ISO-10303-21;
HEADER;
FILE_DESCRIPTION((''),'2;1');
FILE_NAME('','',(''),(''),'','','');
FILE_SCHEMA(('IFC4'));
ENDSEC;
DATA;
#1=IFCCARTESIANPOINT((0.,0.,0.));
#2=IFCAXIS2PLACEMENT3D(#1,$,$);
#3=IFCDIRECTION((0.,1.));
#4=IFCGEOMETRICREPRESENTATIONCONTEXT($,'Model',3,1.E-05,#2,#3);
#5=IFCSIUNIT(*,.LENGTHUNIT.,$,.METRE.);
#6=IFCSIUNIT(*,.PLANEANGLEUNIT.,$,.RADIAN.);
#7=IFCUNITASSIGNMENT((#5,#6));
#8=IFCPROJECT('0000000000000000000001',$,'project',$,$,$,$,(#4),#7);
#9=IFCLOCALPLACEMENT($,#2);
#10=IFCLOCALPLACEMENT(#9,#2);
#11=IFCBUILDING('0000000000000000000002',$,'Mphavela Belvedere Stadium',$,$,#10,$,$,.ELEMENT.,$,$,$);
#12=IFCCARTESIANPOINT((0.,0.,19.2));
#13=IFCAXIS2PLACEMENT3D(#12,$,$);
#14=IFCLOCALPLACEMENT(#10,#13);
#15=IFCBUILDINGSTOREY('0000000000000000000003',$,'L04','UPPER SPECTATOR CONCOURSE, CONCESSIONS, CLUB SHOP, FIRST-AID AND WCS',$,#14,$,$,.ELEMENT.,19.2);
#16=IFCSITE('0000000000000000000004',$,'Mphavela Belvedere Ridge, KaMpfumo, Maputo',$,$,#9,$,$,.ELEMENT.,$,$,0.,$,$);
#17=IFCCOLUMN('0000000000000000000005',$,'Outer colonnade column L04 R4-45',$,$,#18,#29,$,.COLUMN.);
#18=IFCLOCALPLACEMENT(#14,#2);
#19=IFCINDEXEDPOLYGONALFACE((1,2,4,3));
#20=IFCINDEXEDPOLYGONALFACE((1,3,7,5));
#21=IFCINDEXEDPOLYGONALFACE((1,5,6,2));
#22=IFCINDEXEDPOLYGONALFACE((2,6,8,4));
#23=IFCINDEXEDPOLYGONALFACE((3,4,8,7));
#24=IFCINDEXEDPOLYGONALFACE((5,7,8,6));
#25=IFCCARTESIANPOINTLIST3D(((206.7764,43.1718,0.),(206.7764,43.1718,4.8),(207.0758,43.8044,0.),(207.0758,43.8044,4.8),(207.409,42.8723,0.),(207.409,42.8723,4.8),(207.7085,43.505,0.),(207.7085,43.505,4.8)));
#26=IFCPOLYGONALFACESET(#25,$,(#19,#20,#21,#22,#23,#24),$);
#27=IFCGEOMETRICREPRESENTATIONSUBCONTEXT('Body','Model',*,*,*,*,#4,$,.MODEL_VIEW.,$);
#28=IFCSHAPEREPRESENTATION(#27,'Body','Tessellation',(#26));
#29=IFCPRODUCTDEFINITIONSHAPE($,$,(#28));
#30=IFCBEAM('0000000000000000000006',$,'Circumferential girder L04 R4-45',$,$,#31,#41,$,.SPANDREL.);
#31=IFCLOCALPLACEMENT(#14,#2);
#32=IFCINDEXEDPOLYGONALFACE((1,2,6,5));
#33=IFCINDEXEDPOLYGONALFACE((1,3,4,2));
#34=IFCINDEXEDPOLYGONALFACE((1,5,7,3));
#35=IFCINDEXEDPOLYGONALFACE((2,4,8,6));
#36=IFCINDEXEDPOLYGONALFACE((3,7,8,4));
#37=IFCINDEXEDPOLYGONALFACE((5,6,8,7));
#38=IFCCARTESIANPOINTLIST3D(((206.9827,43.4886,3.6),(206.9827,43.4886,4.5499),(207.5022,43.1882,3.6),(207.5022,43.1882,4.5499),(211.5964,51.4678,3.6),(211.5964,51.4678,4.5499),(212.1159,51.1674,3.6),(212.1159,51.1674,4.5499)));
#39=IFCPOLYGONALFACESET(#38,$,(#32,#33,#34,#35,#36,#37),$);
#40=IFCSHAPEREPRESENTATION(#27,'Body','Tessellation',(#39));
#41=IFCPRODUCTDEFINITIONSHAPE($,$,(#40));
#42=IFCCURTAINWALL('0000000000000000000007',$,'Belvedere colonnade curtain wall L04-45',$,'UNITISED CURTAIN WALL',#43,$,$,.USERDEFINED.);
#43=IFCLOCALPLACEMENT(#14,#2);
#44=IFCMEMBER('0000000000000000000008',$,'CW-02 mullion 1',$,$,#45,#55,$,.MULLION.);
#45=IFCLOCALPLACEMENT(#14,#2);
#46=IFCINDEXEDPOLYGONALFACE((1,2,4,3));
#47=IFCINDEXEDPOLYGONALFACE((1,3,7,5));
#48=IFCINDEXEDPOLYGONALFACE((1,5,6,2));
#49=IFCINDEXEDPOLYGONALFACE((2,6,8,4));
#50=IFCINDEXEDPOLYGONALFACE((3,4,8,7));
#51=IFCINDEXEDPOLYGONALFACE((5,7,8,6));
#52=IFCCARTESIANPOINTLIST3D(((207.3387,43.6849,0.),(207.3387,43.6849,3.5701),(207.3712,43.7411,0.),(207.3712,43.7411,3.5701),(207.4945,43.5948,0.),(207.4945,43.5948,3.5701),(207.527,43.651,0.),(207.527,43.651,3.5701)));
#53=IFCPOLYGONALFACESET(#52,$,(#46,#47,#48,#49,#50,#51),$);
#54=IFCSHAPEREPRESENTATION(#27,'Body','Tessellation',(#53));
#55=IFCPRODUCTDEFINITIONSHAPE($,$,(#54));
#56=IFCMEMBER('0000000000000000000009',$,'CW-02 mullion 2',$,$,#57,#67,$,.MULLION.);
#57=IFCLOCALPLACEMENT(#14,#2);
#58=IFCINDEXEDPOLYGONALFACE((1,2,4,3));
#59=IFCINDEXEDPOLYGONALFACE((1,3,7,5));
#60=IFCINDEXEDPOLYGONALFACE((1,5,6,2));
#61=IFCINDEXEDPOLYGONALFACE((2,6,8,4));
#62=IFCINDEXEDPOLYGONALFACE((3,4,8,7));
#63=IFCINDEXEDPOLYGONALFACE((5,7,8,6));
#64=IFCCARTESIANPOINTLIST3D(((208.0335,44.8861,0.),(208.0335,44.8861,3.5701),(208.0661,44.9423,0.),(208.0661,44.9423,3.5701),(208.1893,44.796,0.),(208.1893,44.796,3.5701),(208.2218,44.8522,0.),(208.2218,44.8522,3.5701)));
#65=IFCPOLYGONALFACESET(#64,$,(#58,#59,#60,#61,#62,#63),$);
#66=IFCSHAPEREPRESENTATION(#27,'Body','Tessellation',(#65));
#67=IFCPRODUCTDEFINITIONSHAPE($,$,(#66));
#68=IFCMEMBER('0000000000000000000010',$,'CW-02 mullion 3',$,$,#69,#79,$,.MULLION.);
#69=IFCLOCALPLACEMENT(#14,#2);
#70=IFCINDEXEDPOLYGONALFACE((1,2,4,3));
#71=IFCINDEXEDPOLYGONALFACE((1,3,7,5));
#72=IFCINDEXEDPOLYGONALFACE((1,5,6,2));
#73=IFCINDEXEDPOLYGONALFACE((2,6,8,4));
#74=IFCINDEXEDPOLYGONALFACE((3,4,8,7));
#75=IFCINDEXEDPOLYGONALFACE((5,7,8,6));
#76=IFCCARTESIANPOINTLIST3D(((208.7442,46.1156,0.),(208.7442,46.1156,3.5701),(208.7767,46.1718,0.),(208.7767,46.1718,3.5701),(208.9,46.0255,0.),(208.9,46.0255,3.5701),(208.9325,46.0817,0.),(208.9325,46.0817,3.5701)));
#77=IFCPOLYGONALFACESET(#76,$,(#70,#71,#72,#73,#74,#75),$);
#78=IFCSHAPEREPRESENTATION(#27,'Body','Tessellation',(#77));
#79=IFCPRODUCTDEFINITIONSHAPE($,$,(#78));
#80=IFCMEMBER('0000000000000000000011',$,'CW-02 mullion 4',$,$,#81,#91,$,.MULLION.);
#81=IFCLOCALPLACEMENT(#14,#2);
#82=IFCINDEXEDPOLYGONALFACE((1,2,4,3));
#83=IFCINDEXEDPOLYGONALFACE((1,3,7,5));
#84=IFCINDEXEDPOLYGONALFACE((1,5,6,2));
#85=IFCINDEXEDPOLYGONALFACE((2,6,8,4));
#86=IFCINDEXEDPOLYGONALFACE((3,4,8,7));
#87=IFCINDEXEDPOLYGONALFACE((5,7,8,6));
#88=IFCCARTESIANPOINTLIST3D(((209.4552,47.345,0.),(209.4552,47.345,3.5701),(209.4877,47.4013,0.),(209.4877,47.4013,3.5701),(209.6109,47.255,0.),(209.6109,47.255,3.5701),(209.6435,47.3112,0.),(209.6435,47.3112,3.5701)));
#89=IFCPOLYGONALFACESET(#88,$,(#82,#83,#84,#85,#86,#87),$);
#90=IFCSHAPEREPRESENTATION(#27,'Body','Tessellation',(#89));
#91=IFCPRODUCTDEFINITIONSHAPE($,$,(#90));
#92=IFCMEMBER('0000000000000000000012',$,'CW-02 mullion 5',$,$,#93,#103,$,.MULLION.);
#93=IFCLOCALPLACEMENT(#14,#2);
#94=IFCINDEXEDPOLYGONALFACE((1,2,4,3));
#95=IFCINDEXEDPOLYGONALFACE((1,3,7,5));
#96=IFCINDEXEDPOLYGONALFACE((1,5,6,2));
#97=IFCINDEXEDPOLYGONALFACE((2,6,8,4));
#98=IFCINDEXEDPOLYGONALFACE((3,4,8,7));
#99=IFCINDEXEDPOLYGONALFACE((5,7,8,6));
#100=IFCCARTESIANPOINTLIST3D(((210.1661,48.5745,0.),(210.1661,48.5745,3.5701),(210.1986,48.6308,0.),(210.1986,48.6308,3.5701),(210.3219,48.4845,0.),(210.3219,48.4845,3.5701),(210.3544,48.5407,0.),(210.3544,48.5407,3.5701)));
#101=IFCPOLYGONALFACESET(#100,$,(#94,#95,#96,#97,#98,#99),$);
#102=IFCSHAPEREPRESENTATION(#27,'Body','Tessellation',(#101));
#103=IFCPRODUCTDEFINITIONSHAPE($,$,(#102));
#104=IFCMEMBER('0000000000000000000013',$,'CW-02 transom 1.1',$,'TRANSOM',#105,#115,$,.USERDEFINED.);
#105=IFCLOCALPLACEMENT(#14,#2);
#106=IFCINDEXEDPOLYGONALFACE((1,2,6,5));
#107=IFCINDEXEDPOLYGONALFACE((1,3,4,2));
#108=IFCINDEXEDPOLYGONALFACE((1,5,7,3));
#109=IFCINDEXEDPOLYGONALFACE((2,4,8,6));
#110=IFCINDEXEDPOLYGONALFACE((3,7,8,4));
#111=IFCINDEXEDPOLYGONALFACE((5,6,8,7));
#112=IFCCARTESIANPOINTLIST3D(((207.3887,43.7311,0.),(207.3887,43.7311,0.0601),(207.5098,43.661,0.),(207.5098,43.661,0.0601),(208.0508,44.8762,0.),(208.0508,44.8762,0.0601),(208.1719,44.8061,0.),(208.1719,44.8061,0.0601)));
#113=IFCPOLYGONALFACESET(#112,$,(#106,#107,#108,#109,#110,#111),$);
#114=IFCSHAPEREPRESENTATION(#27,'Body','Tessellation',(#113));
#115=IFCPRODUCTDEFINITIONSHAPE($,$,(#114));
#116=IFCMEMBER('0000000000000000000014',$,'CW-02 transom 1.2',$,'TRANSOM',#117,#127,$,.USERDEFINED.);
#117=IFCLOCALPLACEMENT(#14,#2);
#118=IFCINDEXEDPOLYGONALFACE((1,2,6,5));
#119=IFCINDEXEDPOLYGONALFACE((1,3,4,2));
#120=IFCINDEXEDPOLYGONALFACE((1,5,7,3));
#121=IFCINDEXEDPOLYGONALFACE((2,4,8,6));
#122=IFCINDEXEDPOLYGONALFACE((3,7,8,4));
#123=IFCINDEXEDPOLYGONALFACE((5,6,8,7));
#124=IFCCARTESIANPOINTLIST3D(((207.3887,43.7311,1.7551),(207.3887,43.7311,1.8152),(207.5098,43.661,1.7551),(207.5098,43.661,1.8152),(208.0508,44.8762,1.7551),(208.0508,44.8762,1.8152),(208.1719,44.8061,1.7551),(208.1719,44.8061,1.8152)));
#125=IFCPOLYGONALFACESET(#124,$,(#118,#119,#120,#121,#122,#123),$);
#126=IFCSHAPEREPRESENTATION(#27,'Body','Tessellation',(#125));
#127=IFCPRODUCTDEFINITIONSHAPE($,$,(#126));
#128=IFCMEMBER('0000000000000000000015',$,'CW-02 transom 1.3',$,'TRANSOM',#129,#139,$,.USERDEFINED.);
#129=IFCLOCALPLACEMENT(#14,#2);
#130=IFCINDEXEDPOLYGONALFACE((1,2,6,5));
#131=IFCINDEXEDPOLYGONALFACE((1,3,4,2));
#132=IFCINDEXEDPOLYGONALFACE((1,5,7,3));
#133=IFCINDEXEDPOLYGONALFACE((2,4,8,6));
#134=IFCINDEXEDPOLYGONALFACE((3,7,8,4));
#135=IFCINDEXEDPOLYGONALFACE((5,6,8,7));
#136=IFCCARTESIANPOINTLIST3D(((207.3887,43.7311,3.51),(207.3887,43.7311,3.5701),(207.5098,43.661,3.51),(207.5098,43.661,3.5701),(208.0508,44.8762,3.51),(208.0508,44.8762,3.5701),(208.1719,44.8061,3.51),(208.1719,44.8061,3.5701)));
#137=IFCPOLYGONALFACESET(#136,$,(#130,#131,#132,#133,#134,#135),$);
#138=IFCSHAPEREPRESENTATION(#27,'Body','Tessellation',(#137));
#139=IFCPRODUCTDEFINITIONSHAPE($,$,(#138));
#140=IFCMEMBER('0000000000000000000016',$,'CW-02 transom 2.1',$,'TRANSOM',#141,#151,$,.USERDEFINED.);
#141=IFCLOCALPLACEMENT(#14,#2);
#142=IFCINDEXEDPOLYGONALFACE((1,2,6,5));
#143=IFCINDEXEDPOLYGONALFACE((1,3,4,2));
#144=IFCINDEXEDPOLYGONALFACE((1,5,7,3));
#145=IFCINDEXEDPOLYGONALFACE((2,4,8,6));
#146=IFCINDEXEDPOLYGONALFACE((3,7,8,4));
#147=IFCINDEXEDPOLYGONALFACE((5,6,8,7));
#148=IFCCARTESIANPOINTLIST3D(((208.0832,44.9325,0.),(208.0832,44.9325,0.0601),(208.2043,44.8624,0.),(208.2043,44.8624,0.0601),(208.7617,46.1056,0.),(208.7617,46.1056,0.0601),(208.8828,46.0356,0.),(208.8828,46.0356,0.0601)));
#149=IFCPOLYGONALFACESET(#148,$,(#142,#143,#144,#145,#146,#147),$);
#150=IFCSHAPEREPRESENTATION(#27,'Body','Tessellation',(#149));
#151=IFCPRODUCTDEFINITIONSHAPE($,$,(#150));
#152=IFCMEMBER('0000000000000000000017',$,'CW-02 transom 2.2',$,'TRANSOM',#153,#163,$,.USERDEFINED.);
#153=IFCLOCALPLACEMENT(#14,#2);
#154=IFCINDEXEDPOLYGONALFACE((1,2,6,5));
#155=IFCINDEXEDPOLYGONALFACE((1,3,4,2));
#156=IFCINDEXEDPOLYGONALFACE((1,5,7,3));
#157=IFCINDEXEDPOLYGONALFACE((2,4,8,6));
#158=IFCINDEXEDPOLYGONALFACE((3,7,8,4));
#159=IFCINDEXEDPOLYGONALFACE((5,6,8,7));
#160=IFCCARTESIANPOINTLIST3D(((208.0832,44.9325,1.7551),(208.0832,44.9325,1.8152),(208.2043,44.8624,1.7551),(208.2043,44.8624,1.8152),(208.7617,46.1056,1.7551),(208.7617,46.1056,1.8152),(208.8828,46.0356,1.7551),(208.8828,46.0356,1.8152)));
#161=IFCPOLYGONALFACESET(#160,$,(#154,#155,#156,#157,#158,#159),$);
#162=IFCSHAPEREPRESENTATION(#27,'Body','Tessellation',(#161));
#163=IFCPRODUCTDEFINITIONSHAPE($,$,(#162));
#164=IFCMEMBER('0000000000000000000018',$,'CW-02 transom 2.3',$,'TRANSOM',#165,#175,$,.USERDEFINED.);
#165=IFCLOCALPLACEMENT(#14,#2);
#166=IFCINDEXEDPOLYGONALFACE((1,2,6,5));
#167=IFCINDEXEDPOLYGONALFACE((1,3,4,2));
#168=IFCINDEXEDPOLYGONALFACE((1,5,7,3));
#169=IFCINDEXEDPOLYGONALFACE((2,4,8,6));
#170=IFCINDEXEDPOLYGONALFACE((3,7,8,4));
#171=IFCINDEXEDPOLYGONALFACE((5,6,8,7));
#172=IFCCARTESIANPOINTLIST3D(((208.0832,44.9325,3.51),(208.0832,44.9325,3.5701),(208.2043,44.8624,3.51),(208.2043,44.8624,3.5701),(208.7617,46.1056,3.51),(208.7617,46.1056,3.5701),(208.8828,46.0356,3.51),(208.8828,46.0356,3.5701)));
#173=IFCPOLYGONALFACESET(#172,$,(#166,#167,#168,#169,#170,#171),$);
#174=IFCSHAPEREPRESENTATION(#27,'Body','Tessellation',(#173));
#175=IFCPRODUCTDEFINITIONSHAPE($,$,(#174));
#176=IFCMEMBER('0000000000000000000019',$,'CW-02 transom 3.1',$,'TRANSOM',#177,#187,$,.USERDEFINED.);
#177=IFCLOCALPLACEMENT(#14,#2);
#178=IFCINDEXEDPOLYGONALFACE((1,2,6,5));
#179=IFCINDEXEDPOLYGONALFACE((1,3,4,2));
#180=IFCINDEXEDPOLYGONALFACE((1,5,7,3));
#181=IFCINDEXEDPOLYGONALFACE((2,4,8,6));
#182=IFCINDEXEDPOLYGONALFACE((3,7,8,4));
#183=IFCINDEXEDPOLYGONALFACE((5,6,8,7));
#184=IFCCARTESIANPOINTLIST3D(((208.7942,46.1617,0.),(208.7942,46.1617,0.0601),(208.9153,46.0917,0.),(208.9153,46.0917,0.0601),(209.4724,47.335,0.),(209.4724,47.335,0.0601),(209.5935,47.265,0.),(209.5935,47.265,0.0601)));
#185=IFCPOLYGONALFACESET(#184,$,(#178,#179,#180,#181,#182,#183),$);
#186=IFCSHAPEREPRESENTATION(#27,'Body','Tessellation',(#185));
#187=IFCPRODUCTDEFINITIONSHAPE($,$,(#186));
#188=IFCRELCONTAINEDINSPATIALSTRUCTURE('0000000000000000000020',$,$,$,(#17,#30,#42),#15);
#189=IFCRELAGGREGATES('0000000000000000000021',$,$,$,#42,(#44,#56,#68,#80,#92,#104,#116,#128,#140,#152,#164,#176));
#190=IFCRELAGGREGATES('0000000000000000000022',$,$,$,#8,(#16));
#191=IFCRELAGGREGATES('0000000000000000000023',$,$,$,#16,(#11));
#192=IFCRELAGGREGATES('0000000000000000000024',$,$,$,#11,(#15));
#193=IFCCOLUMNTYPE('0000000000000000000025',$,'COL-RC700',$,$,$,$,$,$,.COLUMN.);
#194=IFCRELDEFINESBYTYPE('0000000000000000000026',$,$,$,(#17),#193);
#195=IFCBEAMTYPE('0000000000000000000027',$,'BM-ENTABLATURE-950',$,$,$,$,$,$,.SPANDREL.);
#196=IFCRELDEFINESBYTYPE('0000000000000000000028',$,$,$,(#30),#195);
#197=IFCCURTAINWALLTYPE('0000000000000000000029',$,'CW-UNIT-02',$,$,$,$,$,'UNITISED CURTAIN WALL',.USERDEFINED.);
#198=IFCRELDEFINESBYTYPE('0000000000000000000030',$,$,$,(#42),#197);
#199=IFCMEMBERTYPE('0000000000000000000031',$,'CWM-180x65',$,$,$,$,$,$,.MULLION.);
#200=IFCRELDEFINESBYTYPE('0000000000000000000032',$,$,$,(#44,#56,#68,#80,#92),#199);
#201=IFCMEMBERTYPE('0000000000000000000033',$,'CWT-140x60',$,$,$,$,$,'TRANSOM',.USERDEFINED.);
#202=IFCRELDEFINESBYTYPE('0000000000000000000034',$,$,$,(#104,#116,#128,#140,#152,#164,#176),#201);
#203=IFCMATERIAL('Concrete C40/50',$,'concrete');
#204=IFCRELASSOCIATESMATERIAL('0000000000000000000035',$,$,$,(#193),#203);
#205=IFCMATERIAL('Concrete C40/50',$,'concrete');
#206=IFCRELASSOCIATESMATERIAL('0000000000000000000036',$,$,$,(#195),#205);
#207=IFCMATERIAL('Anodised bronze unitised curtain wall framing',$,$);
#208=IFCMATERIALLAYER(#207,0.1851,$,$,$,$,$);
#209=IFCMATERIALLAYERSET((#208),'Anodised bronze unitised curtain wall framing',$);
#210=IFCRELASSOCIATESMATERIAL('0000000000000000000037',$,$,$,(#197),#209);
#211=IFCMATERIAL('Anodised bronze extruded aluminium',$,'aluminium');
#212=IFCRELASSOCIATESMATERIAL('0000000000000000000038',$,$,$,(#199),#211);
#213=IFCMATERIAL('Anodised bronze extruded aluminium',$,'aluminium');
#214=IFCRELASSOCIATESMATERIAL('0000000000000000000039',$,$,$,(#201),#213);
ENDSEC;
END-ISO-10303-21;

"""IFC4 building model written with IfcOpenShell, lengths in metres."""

from ifc_helpers import new_model, si_unit, direction, frame, origin, origin_2d, place, context, subcontext, project, spatial, rectangle, extrude, material, layer, layer_set, material_profile, profile_set, type_object, element, aggregate, save


model = new_model("IFC4")

# Units and contexts
model_context = context("Model", 3, precision=1e-05, world=origin(), true_north=direction((0.0, 1.0)))
body_context = subcontext(model_context, "Body", "Model", "MODEL_VIEW")
ifc_project = project(units=[si_unit("LENGTHUNIT", "METRE"), si_unit("PLANEANGLEUNIT", "RADIAN")], contexts=[model_context])

# Site, building, storey
site_placement = place(None, origin())
site = spatial("IfcSite", under=ifc_project, at=site_placement, Name="Mphavela Belvedere Ridge, KaMpfumo, Maputo", CompositionType="ELEMENT", RefElevation=0.0)
building_placement = place(site_placement, origin())
building = spatial("IfcBuilding", under=site, at=building_placement, Name="Mphavela Belvedere Stadium", CompositionType="ELEMENT")
storey_placement = place(building_placement, frame((0.0, 0.0, 19.2)))
storey = spatial("IfcBuildingStorey", under=building, at=storey_placement, Name="L04", Description="UPPER SPECTATOR CONCOURSE, CONCESSIONS, CLUB SHOP, FIRST-AID AND WCS", CompositionType="ELEMENT", Elevation=19.2)

# Column
ifc_material_1 = material(Name="Concrete C40/50", Category="concrete")
ifc_material_profile_1 = material_profile(ifc_material_1, rectangle(XDim=0.7, YDim=0.7, at=origin_2d()), Name="RC 700x700")
ifc_profile_set_1 = profile_set([ifc_material_profile_1], Name="Concrete C40/50")
column_type = type_object("IfcColumnType", Name="COL-RC700", PredefinedType="COLUMN", material=ifc_profile_set_1)
column_placement = place(storey_placement, frame((207.2424, 43.3384, 0.0), z_axis=(0.0, 0.0, 1.0), x_axis=(0.903859, -0.427831, 0.0)))
element("IfcColumn", 1, at=column_placement, inside=storey, type_object=column_type, Name="Outer colonnade column L04 R4-45", PredefinedType="COLUMN", context=body_context, shape_type="SweptSolid", body=[
    extrude(rectangle(XDim=0.7, YDim=0.7, at=origin_2d()), origin(), (0.0, 0.0, 1.0), 4.8),
])

# Beam
ifc_material_2 = material(Name="Concrete C40/50", Category="concrete")
ifc_material_profile_2 = material_profile(ifc_material_2, rectangle(XDim=0.6001, YDim=0.95, at=origin_2d()), Name="RC 600x950")
ifc_profile_set_2 = profile_set([ifc_material_profile_2], Name="Concrete C40/50")
beam_type = type_object("IfcBeamType", Name="BM-ENTABLATURE-950", PredefinedType="SPANDREL", material=ifc_profile_set_2)
beam_placement = place(storey_placement, frame((207.2424, 43.3384, 4.075), z_axis=(0.500565, 0.865699, 0.0), x_axis=(-0.865699, 0.500565, 0.0)))
element("IfcBeam", 2, at=beam_placement, inside=storey, type_object=beam_type, Name="Circumferential girder L04 R4-45", PredefinedType="SPANDREL", context=body_context, shape_type="SweptSolid", body=[
    extrude(rectangle(XDim=0.6001, YDim=0.95, at=origin_2d()), origin(), (0.0, 0.0, 1.0), 9.217),
])

# Curtain wall, members
ifc_material_3 = material(Name="Anodised bronze unitised curtain wall framing")
ifc_layer_1 = layer(ifc_material_3, 0.1851)
ifc_layer_set_1 = layer_set([ifc_layer_1], Name="Anodised bronze unitised curtain wall framing")
curtain_wall_type = type_object("IfcCurtainWallType", Name="CW-UNIT-02", ElementType="UNITISED CURTAIN WALL", PredefinedType="USERDEFINED", material=ifc_layer_set_1)
curtain_wall_placement = place(storey_placement, origin())
curtain_wall = element("IfcCurtainWall", 3, at=curtain_wall_placement, inside=storey, type_object=curtain_wall_type, Name="Belvedere colonnade curtain wall L04-45", ObjectType="UNITISED CURTAIN WALL", PredefinedType="USERDEFINED")
ifc_material_4 = material(Name="Anodised bronze extruded aluminium", Category="aluminium")
ifc_material_profile_3 = material_profile(ifc_material_4, rectangle(XDim=0.1799, YDim=0.0649, at=origin_2d()), Name="CW-MUL 180x65")
ifc_profile_set_3 = profile_set([ifc_material_profile_3], Name="Anodised bronze extruded aluminium")
member_type_1 = type_object("IfcMemberType", Name="CWM-180x65", PredefinedType="MULLION", material=ifc_profile_set_3)
member_1_placement = place(storey_placement, frame((207.4329, 43.668, 0.0), z_axis=(0.0, 0.0, 1.0), x_axis=(-0.865704, 0.500556, 0.0)))
member_1 = element("IfcMember", 4, at=member_1_placement, type_object=member_type_1, Name="CW-02 mullion 1", PredefinedType="MULLION", context=body_context, shape_type="SweptSolid", body=[
    extrude(rectangle(XDim=0.1799, YDim=0.0649, at=origin_2d()), origin(), (0.0, 0.0, 1.0), 3.5701),
])
member_2_placement = place(storey_placement, frame((208.1277, 44.8691, 0.0), z_axis=(0.0, 0.0, 1.0), x_axis=(-0.865704, 0.500556, 0.0)))
member_2 = element("IfcMember", 5, at=member_2_placement, type_object=member_type_1, Name="CW-02 mullion 2", PredefinedType="MULLION", context=body_context, shape_type="SweptSolid", body=[
    extrude(rectangle(XDim=0.1799, YDim=0.0649, at=origin_2d()), origin(), (0.0, 0.0, 1.0), 3.5701),
])
member_3_placement = place(storey_placement, frame((208.8384, 46.0986, 0.0), z_axis=(0.0, 0.0, 1.0), x_axis=(-0.865704, 0.500556, 0.0)))
member_3 = element("IfcMember", 6, at=member_3_placement, type_object=member_type_1, Name="CW-02 mullion 3", PredefinedType="MULLION", context=body_context, shape_type="SweptSolid", body=[
    extrude(rectangle(XDim=0.1799, YDim=0.0649, at=origin_2d()), origin(), (0.0, 0.0, 1.0), 3.5701),
])
member_4_placement = place(storey_placement, frame((209.5493, 47.3281, 0.0), z_axis=(0.0, 0.0, 1.0), x_axis=(-0.865704, 0.500556, 0.0)))
member_4 = element("IfcMember", 7, at=member_4_placement, type_object=member_type_1, Name="CW-02 mullion 4", PredefinedType="MULLION", context=body_context, shape_type="SweptSolid", body=[
    extrude(rectangle(XDim=0.1799, YDim=0.0649, at=origin_2d()), origin(), (0.0, 0.0, 1.0), 3.5701),
])
member_5_placement = place(storey_placement, frame((210.2603, 48.5576, 0.0), z_axis=(0.0, 0.0, 1.0), x_axis=(-0.865704, 0.500556, 0.0)))
member_5 = element("IfcMember", 8, at=member_5_placement, type_object=member_type_1, Name="CW-02 mullion 5", PredefinedType="MULLION", context=body_context, shape_type="SweptSolid", body=[
    extrude(rectangle(XDim=0.1799, YDim=0.0649, at=origin_2d()), origin(), (0.0, 0.0, 1.0), 3.5701),
])
ifc_material_5 = material(Name="Anodised bronze extruded aluminium", Category="aluminium")
ifc_material_profile_4 = material_profile(ifc_material_5, rectangle(XDim=0.1399, YDim=0.0601, at=origin_2d()), Name="CW-TRN 140x60")
ifc_profile_set_4 = profile_set([ifc_material_profile_4], Name="Anodised bronze extruded aluminium")
member_type_2 = type_object("IfcMemberType", Name="CWT-140x60", ElementType="TRANSOM", PredefinedType="USERDEFINED", material=ifc_profile_set_4)
member_6_placement = place(storey_placement, frame((207.4492, 43.696, 0.03), z_axis=(0.500585, 0.865687, 0.0), x_axis=(-0.865687, 0.500585, 0.0)))
member_6 = element("IfcMember", 9, at=member_6_placement, type_object=member_type_2, Name="CW-02 transom 1.1", ObjectType="TRANSOM", PredefinedType="USERDEFINED", context=body_context, shape_type="SweptSolid", body=[
    extrude(rectangle(XDim=0.1399, YDim=0.0601, at=origin_2d()), origin(), (0.0, 0.0, 1.0), 1.3228),
])
member_7_placement = place(storey_placement, frame((207.4492, 43.696, 1.7852), z_axis=(0.500585, 0.865687, 0.0), x_axis=(-0.865687, 0.500585, 0.0)))
member_7 = element("IfcMember", 10, at=member_7_placement, type_object=member_type_2, Name="CW-02 transom 1.2", ObjectType="TRANSOM", PredefinedType="USERDEFINED", context=body_context, shape_type="SweptSolid", body=[
    extrude(rectangle(XDim=0.1399, YDim=0.0601, at=origin_2d()), origin(), (0.0, 0.0, 1.0), 1.3228),
])
member_8_placement = place(storey_placement, frame((207.4492, 43.696, 3.54), z_axis=(0.500585, 0.865687, 0.0), x_axis=(-0.865687, 0.500585, 0.0)))
member_8 = element("IfcMember", 11, at=member_8_placement, type_object=member_type_2, Name="CW-02 transom 1.3", ObjectType="TRANSOM", PredefinedType="USERDEFINED", context=body_context, shape_type="SweptSolid", body=[
    extrude(rectangle(XDim=0.1399, YDim=0.0601, at=origin_2d()), origin(), (0.0, 0.0, 1.0), 1.3228),
])
member_9_placement = place(storey_placement, frame((208.1438, 44.8975, 0.03), z_axis=(0.500653, 0.865648, 0.0), x_axis=(-0.865648, 0.500653, 0.0)))
member_9 = element("IfcMember", 12, at=member_9_placement, type_object=member_type_2, Name="CW-02 transom 2.1", ObjectType="TRANSOM", PredefinedType="USERDEFINED", context=body_context, shape_type="SweptSolid", body=[
    extrude(rectangle(XDim=0.1399, YDim=0.0601, at=origin_2d()), origin(), (0.0, 0.0, 1.0), 1.3552),
])
member_10_placement = place(storey_placement, frame((208.1438, 44.8975, 1.7852), z_axis=(0.500653, 0.865648, 0.0), x_axis=(-0.865648, 0.500653, 0.0)))
member_10 = element("IfcMember", 13, at=member_10_placement, type_object=member_type_2, Name="CW-02 transom 2.2", ObjectType="TRANSOM", PredefinedType="USERDEFINED", context=body_context, shape_type="SweptSolid", body=[
    extrude(rectangle(XDim=0.1399, YDim=0.0601, at=origin_2d()), origin(), (0.0, 0.0, 1.0), 1.3552),
])
member_11_placement = place(storey_placement, frame((208.1438, 44.8975, 3.54), z_axis=(0.500653, 0.865648, 0.0), x_axis=(-0.865648, 0.500653, 0.0)))
member_11 = element("IfcMember", 14, at=member_11_placement, type_object=member_type_2, Name="CW-02 transom 2.3", ObjectType="TRANSOM", PredefinedType="USERDEFINED", context=body_context, shape_type="SweptSolid", body=[
    extrude(rectangle(XDim=0.1399, YDim=0.0601, at=origin_2d()), origin(), (0.0, 0.0, 1.0), 1.3552),
])
member_12_placement = place(storey_placement, frame((208.8547, 46.1267, 0.03), z_axis=(0.50044, 0.865771, 0.0), x_axis=(-0.865771, 0.50044, 0.0)))
member_12 = element("IfcMember", 15, at=member_12_placement, type_object=member_type_2, Name="CW-02 transom 3.1", ObjectType="TRANSOM", PredefinedType="USERDEFINED", context=body_context, shape_type="SweptSolid", body=[
    extrude(rectangle(XDim=0.1399, YDim=0.0601, at=origin_2d()), origin(), (0.0, 0.0, 1.0), 1.3552),
])
aggregate(curtain_wall, [member_1, member_2, member_3, member_4, member_5, member_6, member_7, member_8, member_9, member_10, member_11, member_12])

save(model, "model.ifc")
